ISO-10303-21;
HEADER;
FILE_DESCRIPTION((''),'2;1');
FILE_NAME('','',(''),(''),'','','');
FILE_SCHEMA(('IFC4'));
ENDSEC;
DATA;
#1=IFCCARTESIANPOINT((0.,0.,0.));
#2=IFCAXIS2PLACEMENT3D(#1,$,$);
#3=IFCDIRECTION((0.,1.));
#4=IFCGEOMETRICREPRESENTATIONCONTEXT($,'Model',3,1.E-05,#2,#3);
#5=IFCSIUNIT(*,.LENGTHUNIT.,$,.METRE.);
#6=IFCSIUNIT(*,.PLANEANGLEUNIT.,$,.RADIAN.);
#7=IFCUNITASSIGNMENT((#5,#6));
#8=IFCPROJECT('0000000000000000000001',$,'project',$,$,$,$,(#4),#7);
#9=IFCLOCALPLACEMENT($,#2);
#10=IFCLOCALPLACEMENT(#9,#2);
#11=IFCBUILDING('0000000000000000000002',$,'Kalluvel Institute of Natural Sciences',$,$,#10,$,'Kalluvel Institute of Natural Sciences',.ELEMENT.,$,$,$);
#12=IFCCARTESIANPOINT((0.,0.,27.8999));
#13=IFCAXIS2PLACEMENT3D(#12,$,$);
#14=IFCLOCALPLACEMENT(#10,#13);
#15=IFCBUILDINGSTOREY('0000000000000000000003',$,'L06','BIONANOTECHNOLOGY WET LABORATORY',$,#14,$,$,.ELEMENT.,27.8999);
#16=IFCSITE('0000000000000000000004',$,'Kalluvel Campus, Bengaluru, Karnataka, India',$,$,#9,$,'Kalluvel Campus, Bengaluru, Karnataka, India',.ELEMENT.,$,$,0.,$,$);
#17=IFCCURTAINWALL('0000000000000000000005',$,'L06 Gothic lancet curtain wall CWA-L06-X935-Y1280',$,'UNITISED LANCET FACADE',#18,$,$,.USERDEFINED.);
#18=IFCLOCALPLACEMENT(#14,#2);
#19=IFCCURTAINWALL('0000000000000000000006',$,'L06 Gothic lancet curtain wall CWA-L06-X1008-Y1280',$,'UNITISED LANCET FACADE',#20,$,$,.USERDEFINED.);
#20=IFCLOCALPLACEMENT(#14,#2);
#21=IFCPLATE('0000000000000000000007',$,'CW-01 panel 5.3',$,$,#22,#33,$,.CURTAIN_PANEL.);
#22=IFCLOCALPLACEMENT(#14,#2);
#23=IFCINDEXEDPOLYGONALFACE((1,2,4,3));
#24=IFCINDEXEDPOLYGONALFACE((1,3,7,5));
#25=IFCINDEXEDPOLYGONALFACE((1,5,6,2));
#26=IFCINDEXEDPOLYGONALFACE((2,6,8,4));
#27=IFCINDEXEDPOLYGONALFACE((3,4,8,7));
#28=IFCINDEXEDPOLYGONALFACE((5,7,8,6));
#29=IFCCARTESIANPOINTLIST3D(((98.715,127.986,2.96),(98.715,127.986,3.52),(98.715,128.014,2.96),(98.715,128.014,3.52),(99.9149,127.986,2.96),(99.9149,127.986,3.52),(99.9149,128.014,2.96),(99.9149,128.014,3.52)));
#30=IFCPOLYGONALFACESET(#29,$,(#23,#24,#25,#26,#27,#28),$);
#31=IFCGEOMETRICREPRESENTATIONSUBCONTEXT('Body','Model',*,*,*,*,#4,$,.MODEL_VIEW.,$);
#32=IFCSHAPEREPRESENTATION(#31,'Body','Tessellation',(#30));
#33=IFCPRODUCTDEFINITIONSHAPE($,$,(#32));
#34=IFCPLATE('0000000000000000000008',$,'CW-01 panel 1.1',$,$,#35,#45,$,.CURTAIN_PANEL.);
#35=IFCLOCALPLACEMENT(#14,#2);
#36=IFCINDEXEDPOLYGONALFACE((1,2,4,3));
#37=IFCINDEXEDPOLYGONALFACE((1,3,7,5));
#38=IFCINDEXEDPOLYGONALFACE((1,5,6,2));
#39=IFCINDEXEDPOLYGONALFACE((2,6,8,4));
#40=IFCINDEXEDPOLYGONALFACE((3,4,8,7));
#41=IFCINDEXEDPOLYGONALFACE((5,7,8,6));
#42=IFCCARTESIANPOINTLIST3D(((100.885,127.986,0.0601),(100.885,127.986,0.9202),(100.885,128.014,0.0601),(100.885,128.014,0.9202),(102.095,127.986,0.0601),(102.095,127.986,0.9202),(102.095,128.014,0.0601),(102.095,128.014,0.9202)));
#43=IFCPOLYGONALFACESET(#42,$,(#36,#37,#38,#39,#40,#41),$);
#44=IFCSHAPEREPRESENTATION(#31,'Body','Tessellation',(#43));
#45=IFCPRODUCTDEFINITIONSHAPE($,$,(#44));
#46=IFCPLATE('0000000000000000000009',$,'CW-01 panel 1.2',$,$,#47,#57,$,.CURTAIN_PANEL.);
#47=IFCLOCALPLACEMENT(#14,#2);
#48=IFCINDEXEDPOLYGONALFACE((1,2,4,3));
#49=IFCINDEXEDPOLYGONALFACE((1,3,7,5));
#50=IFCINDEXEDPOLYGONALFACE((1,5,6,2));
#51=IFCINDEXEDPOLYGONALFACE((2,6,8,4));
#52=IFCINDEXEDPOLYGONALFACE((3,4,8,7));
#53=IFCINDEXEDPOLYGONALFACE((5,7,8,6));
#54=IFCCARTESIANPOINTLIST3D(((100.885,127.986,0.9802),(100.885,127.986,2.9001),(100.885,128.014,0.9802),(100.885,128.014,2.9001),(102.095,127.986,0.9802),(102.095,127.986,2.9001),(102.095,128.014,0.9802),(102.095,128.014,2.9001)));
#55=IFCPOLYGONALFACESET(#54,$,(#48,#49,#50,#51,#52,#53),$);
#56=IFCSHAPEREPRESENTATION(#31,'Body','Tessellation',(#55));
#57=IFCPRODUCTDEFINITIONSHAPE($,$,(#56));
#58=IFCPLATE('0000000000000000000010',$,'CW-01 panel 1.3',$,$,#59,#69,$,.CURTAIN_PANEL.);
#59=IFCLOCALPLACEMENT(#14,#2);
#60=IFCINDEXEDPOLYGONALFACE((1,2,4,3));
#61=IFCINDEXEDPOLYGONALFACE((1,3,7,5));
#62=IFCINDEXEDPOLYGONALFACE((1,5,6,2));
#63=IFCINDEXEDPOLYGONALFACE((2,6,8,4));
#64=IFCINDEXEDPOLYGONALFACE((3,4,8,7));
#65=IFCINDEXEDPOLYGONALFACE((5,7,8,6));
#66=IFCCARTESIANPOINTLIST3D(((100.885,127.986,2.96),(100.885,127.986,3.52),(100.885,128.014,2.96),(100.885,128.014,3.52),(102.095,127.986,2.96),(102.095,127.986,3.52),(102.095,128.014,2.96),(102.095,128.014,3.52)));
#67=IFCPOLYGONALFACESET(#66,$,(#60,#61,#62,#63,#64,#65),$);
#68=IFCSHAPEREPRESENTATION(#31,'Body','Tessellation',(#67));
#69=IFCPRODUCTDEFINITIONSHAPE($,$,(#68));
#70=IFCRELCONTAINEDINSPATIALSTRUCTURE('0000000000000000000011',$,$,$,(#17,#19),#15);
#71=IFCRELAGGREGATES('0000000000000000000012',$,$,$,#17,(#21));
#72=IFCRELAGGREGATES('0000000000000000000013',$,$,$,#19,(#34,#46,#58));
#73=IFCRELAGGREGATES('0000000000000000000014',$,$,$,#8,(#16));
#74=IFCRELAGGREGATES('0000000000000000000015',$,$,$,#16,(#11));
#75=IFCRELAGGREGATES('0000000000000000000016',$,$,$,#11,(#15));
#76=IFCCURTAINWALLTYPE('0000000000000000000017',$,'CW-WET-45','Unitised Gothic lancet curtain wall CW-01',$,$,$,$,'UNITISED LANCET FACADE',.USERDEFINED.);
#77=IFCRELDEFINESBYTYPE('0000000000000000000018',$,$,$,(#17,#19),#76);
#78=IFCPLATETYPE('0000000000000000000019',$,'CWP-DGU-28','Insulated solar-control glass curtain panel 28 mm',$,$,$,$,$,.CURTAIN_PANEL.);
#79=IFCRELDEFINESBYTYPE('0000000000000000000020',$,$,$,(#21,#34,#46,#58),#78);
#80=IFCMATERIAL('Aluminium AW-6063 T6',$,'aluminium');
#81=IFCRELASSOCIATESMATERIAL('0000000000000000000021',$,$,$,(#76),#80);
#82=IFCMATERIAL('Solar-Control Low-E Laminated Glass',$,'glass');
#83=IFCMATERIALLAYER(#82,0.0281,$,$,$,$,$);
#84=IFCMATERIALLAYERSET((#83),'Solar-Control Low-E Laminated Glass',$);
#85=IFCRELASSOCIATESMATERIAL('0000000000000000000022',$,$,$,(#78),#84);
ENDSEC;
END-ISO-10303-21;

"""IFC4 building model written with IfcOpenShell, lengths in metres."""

from ifc_helpers import new_model, si_unit, direction, frame, origin, origin_2d, place, context, subcontext, project, spatial, rectangle, extrude, material, layer, layer_set, type_object, element, aggregate, save


model = new_model("IFC4")

# Units and contexts
model_context = context("Model", 3, precision=1e-05, world=origin(), true_north=direction((0.0, 1.0)))
body_context = subcontext(model_context, "Body", "Model", "MODEL_VIEW")
ifc_project = project(units=[si_unit("LENGTHUNIT", "METRE"), si_unit("PLANEANGLEUNIT", "RADIAN")], contexts=[model_context])

# Site, building, storey
site_placement = place(None, origin())
site = spatial("IfcSite", under=ifc_project, at=site_placement, Name="Kalluvel Campus, Bengaluru, Karnataka, India", LongName="Kalluvel Campus, Bengaluru, Karnataka, India", CompositionType="ELEMENT", RefElevation=0.0)
building_placement = place(site_placement, origin())
building = spatial("IfcBuilding", under=site, at=building_placement, Name="Kalluvel Institute of Natural Sciences", LongName="Kalluvel Institute of Natural Sciences", CompositionType="ELEMENT")
storey_placement = place(building_placement, frame((0.0, 0.0, 27.8999)))
storey = spatial("IfcBuildingStorey", under=building, at=storey_placement, Name="L06", Description="BIONANOTECHNOLOGY WET LABORATORY", CompositionType="ELEMENT", Elevation=27.8999)

# Curtain walls
ifc_material_1 = material(Name="Aluminium AW-6063 T6", Category="aluminium")
curtain_wall_type = type_object("IfcCurtainWallType", Name="CW-WET-45", Description="Unitised Gothic lancet curtain wall CW-01", ElementType="UNITISED LANCET FACADE", PredefinedType="USERDEFINED", material=ifc_material_1)
curtain_wall_1_placement = place(storey_placement, origin())
curtain_wall_1 = element("IfcCurtainWall", 1, at=curtain_wall_1_placement, inside=storey, type_object=curtain_wall_type, Name="L06 Gothic lancet curtain wall CWA-L06-X935-Y1280", ObjectType="UNITISED LANCET FACADE", PredefinedType="USERDEFINED")
curtain_wall_2_placement = place(storey_placement, origin())
curtain_wall_2 = element("IfcCurtainWall", 2, at=curtain_wall_2_placement, inside=storey, type_object=curtain_wall_type, Name="L06 Gothic lancet curtain wall CWA-L06-X1008-Y1280", ObjectType="UNITISED LANCET FACADE", PredefinedType="USERDEFINED")

# Plates
ifc_material_2 = material(Name="Solar-Control Low-E Laminated Glass", Category="glass")
ifc_layer = layer(ifc_material_2, 0.0281)
ifc_layer_set = layer_set([ifc_layer], Name="Solar-Control Low-E Laminated Glass")
plate_type = type_object("IfcPlateType", Name="CWP-DGU-28", Description="Insulated solar-control glass curtain panel 28 mm", PredefinedType="CURTAIN_PANEL", material=ifc_layer_set)
plate_1_placement = place(storey_placement, frame((99.3149, 128.0, 2.96), z_axis=(0.0, 0.0, 1.0), x_axis=(1.0, 0.0, 0.0)))
plate_1 = element("IfcPlate", 3, at=plate_1_placement, type_object=plate_type, Name="CW-01 panel 5.3", PredefinedType="CURTAIN_PANEL", context=body_context, shape_type="SweptSolid", body=[
    extrude(rectangle(XDim=1.2, YDim=0.0281, at=origin_2d()), origin(), (0.0, 0.0, 1.0), 0.5601),
])
aggregate(curtain_wall_1, [plate_1])
plate_2_placement = place(storey_placement, frame((101.49, 128.0, 0.0601), z_axis=(0.0, 0.0, 1.0), x_axis=(1.0, 0.0, 0.0)))
plate_2 = element("IfcPlate", 4, at=plate_2_placement, type_object=plate_type, Name="CW-01 panel 1.1", PredefinedType="CURTAIN_PANEL", context=body_context, shape_type="SweptSolid", body=[
    extrude(rectangle(XDim=1.21, YDim=0.0281, at=origin_2d()), origin(), (0.0, 0.0, 1.0), 0.8601),
])
plate_3_placement = place(storey_placement, frame((101.49, 128.0, 0.9802), z_axis=(0.0, 0.0, 1.0), x_axis=(1.0, 0.0, 0.0)))
plate_3 = element("IfcPlate", 5, at=plate_3_placement, type_object=plate_type, Name="CW-01 panel 1.2", PredefinedType="CURTAIN_PANEL", context=body_context, shape_type="SweptSolid", body=[
    extrude(rectangle(XDim=1.21, YDim=0.0281, at=origin_2d()), origin(), (0.0, 0.0, 1.0), 1.9199),
])
plate_4_placement = place(storey_placement, frame((101.49, 128.0, 2.96), z_axis=(0.0, 0.0, 1.0), x_axis=(1.0, 0.0, 0.0)))
plate_4 = element("IfcPlate", 6, at=plate_4_placement, type_object=plate_type, Name="CW-01 panel 1.3", PredefinedType="CURTAIN_PANEL", context=body_context, shape_type="SweptSolid", body=[
    extrude(rectangle(XDim=1.21, YDim=0.0281, at=origin_2d()), origin(), (0.0, 0.0, 1.0), 0.5601),
])
aggregate(curtain_wall_2, [plate_2, plate_3, plate_4])

save(model, "model.ifc")
